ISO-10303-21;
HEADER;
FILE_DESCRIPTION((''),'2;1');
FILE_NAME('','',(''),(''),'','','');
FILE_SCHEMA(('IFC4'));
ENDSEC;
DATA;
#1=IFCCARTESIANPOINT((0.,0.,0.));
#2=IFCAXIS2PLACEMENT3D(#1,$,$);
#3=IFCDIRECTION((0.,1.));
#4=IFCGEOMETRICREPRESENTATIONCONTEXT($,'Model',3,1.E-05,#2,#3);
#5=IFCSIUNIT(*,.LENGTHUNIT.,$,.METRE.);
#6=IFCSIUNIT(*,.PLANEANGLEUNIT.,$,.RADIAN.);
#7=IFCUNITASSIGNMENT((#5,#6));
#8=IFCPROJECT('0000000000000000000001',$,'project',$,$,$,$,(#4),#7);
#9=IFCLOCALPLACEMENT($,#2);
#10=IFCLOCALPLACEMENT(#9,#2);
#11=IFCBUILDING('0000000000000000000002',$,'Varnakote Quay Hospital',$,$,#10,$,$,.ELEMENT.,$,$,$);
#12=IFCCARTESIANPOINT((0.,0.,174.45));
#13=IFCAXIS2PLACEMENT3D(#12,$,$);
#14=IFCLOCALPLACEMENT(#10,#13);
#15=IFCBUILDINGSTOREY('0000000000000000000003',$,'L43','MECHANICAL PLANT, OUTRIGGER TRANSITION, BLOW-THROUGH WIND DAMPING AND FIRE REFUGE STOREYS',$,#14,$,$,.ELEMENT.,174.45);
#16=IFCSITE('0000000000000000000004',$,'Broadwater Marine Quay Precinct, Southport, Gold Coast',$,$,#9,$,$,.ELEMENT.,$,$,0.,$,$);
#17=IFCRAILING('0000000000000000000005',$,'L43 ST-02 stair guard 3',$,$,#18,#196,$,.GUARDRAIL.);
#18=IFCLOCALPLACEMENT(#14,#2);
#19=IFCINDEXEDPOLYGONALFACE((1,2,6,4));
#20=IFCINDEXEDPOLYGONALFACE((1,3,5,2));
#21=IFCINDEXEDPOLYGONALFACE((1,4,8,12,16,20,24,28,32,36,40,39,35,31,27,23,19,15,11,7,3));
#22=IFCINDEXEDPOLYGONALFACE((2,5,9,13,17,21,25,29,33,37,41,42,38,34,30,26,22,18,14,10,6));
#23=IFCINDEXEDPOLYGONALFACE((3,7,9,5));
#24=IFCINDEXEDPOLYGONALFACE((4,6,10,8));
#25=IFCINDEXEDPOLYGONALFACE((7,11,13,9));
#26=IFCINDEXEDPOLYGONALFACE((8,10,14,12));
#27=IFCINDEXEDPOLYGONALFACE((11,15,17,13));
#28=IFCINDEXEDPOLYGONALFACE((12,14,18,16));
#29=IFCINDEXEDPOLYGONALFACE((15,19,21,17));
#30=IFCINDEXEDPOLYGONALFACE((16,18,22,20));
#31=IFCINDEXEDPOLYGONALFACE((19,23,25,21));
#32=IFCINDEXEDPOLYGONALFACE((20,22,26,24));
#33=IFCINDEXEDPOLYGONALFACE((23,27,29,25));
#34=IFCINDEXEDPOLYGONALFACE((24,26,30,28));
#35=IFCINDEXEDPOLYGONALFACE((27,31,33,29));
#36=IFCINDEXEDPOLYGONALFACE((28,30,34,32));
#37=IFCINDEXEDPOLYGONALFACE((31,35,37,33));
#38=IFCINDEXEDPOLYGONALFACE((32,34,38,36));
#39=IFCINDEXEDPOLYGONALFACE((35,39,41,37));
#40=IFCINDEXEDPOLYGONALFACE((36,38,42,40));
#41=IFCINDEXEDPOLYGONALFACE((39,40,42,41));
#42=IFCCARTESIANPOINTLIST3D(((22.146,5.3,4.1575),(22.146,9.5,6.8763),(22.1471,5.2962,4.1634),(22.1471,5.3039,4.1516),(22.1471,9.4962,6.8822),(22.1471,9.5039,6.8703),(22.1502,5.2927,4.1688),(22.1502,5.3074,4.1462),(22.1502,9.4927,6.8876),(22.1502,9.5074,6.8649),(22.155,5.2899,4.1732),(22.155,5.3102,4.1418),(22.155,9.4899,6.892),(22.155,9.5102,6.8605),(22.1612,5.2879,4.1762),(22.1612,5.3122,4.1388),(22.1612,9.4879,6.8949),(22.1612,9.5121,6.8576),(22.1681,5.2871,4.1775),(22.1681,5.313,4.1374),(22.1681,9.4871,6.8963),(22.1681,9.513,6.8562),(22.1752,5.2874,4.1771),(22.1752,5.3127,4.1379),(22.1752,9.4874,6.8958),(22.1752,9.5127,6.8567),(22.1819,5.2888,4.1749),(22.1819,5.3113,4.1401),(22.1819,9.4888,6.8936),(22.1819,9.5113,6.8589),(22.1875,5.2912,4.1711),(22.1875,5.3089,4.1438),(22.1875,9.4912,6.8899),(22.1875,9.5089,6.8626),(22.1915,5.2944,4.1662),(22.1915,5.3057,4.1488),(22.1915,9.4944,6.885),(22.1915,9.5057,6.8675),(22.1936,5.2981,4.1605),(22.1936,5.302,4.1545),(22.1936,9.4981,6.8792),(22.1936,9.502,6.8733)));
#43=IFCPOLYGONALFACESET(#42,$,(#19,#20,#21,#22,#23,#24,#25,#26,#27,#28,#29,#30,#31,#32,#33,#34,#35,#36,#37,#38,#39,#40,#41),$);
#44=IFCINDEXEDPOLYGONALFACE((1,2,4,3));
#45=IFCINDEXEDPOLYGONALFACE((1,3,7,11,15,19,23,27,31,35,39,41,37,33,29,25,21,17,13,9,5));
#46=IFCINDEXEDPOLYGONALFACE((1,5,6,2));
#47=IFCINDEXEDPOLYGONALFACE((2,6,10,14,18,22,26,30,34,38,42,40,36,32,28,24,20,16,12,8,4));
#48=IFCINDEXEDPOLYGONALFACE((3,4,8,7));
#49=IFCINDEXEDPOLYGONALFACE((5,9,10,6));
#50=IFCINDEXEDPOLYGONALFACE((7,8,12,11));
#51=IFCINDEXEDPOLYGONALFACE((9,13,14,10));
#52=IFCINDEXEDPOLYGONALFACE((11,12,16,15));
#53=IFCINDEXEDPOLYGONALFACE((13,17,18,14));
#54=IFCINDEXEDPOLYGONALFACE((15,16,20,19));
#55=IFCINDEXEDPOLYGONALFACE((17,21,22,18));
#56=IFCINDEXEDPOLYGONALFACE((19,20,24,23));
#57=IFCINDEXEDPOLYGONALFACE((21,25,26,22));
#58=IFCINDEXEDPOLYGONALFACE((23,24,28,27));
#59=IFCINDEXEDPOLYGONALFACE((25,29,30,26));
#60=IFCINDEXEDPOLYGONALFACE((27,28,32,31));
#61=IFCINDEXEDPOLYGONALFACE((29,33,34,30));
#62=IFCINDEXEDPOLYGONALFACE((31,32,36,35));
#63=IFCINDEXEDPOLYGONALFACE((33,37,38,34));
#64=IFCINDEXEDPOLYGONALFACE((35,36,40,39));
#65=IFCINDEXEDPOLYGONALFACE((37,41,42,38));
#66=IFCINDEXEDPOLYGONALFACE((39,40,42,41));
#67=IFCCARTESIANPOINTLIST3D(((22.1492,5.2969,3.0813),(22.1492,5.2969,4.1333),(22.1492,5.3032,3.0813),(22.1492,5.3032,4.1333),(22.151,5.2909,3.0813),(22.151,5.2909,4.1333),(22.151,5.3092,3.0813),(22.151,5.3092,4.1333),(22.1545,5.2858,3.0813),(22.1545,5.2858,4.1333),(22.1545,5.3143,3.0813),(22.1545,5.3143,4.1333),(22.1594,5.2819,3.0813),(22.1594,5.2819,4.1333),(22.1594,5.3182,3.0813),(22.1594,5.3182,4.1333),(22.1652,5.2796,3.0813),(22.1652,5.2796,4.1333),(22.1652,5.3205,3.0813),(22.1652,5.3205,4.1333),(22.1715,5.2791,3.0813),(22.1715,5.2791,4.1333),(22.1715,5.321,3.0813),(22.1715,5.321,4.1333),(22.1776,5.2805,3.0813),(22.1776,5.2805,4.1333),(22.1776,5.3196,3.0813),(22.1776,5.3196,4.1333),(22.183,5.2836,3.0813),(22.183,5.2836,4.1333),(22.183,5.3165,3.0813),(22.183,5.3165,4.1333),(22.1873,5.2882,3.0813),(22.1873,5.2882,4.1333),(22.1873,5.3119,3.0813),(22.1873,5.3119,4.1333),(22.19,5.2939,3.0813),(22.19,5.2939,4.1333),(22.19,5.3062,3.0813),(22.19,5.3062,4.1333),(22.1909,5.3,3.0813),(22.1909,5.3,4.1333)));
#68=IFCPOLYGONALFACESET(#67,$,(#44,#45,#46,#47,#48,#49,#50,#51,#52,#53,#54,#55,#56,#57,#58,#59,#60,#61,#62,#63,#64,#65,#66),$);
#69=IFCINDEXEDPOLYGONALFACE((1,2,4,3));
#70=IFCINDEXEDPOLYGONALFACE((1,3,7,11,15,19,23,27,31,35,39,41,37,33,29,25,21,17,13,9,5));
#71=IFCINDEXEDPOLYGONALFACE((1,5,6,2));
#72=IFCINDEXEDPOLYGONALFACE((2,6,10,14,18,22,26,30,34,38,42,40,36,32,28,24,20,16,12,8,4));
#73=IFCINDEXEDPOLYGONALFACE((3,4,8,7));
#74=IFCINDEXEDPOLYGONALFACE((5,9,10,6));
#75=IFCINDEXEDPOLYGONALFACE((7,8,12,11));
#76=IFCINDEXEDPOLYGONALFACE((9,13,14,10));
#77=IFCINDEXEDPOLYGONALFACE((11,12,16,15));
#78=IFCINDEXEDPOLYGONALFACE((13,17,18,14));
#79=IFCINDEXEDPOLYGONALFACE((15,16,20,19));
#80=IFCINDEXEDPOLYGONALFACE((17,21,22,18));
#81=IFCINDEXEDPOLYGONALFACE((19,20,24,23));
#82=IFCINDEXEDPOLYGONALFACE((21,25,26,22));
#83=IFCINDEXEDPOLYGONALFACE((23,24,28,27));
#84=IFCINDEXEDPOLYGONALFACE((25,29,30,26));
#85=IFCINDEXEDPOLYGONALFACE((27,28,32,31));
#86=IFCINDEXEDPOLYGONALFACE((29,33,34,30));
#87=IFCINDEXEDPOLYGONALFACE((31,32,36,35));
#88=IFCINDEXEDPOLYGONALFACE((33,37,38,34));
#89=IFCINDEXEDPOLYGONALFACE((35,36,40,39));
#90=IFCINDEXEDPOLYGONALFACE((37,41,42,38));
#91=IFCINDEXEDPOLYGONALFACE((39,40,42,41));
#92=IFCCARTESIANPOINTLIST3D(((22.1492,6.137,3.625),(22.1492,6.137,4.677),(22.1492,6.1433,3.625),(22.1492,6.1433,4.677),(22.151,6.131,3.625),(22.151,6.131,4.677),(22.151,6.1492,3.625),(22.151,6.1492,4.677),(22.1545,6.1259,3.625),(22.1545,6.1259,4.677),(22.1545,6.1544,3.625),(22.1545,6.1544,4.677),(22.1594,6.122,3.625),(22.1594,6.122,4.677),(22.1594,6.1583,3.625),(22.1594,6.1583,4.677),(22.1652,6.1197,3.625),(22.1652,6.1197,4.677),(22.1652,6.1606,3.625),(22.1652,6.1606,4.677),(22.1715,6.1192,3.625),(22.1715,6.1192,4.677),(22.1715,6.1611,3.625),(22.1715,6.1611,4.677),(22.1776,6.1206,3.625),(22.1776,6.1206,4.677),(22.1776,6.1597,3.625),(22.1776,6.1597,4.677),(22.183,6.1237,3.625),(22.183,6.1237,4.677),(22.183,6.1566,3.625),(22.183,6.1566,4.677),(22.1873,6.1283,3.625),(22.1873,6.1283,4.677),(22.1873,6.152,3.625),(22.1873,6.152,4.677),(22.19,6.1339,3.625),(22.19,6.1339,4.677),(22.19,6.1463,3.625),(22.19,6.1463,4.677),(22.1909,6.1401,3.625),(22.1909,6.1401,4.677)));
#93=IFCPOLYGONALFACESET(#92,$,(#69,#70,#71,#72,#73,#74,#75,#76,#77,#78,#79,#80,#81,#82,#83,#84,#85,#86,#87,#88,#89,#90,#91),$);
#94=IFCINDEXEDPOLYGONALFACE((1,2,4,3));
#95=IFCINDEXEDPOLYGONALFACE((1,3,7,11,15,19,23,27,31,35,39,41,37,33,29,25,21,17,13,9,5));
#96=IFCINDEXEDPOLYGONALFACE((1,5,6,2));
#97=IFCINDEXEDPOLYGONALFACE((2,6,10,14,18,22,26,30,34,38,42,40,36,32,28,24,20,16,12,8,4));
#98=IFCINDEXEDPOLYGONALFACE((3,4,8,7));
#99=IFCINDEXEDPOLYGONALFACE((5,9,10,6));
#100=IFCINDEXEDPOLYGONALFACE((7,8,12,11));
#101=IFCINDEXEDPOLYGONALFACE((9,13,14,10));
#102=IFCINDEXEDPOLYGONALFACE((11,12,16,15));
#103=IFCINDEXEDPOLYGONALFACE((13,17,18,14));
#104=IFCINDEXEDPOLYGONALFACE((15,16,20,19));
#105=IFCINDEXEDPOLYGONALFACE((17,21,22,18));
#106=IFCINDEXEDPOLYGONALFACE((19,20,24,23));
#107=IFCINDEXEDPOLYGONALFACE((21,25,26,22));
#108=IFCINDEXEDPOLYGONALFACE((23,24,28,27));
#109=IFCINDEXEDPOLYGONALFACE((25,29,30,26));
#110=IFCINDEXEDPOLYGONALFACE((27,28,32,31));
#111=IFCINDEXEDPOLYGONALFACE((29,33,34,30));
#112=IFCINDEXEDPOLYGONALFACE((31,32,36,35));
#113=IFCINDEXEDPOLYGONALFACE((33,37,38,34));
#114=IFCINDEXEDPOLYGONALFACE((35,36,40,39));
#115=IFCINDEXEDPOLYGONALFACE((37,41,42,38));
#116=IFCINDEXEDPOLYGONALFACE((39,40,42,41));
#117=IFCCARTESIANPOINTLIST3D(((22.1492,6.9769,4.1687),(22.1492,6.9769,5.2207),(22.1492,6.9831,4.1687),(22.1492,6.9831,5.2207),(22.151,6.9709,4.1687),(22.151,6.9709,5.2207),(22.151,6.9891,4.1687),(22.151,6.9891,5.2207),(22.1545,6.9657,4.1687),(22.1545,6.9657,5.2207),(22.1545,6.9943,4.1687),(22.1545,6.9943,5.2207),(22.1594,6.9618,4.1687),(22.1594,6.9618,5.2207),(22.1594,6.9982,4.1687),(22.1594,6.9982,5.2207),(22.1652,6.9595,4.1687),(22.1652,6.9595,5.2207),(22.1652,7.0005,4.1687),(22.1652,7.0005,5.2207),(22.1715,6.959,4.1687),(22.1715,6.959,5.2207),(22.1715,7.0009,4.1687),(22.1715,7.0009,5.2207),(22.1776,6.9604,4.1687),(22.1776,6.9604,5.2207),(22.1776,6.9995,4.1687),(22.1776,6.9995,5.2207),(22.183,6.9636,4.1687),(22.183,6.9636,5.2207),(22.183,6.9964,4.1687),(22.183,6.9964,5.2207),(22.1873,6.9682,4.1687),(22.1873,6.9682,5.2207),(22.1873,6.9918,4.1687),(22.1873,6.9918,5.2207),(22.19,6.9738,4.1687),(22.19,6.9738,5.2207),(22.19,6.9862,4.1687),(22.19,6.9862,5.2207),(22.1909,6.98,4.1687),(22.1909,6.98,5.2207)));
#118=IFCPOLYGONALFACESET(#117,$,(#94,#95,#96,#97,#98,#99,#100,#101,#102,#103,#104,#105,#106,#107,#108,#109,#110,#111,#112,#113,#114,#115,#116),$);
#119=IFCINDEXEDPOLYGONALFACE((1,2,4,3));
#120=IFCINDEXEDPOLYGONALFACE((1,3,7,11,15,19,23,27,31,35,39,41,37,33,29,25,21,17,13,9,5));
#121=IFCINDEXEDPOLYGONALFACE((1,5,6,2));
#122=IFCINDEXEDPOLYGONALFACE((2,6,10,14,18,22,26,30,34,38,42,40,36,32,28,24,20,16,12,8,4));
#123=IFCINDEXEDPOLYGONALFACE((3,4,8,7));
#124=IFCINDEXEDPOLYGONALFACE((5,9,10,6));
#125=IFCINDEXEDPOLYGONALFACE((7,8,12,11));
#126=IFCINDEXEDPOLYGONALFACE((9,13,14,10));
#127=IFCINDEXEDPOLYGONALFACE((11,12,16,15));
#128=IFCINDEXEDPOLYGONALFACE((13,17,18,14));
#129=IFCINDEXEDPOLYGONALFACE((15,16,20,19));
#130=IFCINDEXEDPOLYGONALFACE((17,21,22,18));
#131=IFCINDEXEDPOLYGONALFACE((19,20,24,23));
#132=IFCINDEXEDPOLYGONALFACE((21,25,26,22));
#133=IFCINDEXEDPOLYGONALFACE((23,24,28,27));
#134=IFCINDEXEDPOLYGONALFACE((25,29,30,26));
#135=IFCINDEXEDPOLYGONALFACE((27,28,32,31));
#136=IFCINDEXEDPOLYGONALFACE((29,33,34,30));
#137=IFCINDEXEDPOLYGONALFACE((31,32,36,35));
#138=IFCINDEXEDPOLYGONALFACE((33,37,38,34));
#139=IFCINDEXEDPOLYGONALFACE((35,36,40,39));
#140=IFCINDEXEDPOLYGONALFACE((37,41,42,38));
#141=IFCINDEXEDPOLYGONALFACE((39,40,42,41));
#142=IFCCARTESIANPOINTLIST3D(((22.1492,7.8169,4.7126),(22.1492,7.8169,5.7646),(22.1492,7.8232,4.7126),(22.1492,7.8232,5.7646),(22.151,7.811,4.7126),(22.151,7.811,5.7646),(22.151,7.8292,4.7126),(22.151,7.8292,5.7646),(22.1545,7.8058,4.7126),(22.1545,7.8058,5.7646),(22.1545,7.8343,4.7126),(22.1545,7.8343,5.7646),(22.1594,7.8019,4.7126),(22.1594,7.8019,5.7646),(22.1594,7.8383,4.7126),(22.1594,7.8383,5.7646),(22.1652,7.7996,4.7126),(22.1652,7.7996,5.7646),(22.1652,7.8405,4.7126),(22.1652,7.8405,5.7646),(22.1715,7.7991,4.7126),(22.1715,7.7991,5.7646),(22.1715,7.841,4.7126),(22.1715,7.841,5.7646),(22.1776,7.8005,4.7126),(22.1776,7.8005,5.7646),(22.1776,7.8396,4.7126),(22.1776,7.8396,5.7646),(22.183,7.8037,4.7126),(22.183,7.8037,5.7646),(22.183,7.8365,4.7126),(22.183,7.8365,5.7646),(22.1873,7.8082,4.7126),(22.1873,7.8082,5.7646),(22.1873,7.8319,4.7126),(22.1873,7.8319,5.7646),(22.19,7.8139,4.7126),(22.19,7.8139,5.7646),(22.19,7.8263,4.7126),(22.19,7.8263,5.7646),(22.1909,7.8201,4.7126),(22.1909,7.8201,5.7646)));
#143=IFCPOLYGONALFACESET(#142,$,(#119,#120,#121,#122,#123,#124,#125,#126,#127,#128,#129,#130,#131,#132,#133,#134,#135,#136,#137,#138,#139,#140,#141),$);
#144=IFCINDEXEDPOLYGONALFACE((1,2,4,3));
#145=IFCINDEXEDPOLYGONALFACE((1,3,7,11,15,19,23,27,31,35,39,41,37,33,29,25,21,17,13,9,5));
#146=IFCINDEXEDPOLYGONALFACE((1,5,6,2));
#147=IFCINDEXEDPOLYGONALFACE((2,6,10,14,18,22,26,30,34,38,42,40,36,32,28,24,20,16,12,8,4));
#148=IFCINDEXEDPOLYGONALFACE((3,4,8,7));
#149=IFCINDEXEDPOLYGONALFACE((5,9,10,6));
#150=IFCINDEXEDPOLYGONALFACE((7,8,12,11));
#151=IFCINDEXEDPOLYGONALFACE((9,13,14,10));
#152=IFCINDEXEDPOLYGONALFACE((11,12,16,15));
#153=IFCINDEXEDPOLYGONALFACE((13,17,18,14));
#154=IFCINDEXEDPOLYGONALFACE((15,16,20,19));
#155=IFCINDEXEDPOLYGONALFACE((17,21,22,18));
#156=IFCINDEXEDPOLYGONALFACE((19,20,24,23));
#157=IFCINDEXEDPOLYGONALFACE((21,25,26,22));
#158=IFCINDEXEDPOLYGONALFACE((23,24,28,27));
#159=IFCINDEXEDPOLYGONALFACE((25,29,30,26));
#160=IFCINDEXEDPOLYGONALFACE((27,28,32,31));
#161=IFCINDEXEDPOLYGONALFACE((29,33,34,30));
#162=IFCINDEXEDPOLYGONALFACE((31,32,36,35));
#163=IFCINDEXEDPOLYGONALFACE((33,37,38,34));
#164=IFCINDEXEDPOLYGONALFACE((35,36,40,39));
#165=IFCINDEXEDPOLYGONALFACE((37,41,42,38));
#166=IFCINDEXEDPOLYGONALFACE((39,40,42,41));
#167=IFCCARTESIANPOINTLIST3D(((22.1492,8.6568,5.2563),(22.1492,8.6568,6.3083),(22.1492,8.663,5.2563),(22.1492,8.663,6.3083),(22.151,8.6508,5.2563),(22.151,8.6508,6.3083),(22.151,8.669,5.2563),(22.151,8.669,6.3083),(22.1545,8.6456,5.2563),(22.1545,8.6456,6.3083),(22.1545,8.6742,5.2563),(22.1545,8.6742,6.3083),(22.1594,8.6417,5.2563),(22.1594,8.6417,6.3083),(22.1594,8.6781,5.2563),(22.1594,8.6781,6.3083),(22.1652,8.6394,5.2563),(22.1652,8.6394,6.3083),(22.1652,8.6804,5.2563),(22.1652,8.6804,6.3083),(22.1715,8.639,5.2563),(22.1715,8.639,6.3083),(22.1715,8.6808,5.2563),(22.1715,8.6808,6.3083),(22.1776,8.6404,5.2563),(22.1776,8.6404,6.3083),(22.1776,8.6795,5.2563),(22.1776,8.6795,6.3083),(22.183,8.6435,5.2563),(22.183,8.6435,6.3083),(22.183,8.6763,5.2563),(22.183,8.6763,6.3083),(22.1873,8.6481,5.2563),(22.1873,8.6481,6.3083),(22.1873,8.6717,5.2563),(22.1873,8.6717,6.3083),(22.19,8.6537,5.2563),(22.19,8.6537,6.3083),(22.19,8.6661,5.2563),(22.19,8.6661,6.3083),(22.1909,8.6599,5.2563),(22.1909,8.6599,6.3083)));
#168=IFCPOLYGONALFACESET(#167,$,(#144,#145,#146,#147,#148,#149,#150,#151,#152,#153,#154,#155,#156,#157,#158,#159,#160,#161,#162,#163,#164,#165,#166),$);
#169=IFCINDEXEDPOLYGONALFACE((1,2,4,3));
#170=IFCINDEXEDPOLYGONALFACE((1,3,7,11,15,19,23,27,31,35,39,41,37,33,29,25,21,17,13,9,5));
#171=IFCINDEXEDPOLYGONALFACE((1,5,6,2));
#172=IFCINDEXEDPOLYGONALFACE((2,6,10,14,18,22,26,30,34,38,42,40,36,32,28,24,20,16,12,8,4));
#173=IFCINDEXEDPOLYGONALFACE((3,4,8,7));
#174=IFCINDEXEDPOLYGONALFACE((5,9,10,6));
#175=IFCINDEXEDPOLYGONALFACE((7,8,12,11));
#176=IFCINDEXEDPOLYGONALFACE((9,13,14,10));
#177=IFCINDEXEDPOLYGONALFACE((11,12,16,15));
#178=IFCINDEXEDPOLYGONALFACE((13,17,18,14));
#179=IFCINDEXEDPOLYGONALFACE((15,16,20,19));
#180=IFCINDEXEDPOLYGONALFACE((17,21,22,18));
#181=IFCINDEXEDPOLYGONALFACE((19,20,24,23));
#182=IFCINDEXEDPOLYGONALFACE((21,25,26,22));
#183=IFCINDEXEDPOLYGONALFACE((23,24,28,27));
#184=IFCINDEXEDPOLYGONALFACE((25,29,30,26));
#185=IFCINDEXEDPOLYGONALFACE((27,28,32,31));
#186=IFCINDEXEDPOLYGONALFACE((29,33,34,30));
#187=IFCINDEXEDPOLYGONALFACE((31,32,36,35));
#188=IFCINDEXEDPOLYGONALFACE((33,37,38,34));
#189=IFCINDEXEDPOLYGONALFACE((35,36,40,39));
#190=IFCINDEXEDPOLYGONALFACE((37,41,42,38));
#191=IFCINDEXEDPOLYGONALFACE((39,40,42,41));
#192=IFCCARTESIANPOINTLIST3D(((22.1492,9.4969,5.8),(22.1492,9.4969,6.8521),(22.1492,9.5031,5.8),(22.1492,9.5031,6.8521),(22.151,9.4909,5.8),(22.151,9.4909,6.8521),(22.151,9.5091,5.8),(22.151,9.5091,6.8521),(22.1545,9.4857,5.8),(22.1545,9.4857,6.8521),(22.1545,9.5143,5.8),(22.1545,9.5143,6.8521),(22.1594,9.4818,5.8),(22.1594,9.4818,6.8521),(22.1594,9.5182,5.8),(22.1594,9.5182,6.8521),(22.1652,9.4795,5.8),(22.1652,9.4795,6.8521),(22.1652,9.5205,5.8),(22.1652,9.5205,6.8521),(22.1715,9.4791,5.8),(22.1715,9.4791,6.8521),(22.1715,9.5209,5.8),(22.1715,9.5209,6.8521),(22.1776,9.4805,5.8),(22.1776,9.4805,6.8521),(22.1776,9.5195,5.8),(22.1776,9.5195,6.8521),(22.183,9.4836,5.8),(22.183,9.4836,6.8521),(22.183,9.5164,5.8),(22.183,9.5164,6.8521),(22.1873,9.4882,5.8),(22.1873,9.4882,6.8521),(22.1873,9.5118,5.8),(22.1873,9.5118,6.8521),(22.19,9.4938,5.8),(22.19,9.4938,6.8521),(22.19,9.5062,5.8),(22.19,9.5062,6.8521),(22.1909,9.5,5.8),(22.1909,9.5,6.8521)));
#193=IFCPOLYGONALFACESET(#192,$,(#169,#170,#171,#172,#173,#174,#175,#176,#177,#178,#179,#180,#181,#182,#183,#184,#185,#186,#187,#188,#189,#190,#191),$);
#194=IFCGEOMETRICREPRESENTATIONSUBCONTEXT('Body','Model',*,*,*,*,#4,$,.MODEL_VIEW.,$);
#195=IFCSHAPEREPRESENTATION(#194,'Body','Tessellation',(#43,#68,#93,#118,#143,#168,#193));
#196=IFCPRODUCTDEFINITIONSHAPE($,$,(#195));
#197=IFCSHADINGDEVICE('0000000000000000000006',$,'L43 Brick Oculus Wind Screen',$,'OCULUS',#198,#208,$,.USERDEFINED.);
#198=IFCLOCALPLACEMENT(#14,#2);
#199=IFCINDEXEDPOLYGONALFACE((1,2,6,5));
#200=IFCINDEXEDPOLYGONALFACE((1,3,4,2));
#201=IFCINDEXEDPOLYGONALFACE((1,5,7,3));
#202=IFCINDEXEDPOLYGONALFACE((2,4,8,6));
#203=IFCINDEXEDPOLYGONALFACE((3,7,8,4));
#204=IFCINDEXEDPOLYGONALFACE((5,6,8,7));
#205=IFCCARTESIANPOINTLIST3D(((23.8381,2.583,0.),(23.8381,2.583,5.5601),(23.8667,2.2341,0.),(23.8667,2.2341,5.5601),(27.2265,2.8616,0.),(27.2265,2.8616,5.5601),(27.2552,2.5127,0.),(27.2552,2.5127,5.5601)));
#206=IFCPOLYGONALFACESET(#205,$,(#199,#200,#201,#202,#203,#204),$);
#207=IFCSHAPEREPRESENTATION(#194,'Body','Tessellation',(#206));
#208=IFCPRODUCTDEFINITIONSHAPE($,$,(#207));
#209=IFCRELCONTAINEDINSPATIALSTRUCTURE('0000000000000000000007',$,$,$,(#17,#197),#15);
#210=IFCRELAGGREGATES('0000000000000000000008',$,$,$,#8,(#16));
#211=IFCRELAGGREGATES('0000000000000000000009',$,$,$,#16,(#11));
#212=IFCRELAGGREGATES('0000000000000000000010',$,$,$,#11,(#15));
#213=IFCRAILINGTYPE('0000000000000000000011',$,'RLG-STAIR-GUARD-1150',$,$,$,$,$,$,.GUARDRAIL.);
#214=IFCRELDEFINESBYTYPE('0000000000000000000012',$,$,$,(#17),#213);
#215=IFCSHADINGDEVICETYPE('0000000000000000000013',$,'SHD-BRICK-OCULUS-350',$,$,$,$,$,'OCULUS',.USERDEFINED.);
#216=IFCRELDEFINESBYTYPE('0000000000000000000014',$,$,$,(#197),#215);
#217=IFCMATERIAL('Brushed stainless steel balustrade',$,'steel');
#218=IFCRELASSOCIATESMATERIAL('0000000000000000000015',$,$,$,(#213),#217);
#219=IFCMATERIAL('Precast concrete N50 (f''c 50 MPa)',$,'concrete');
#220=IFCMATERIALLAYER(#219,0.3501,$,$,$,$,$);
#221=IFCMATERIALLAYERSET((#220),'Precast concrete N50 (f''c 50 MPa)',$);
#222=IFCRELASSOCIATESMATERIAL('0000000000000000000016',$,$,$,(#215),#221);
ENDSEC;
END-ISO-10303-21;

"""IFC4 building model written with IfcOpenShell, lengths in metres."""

from ifc_helpers import new_model, si_unit, direction, frame, origin, origin_2d, place, context, subcontext, project, spatial, rectangle, circle, extrude, material, layer, layer_set, type_object, element, save


model = new_model("IFC4")

# Units and contexts
model_context = context("Model", 3, precision=1e-05, world=origin(), true_north=direction((0.0, 1.0)))
body_context = subcontext(model_context, "Body", "Model", "MODEL_VIEW")
ifc_project = project(units=[si_unit("LENGTHUNIT", "METRE"), si_unit("PLANEANGLEUNIT", "RADIAN")], contexts=[model_context])

# Site, building, storey
site_placement = place(None, origin())
site = spatial("IfcSite", under=ifc_project, at=site_placement, Name="Broadwater Marine Quay Precinct, Southport, Gold Coast", CompositionType="ELEMENT", RefElevation=0.0)
building_placement = place(site_placement, origin())
building = spatial("IfcBuilding", under=site, at=building_placement, Name="Varnakote Quay Hospital", CompositionType="ELEMENT")
storey_placement = place(building_placement, frame((0.0, 0.0, 174.45)))
storey = spatial("IfcBuildingStorey", under=building, at=storey_placement, Name="L43", Description="MECHANICAL PLANT, OUTRIGGER TRANSITION, BLOW-THROUGH WIND DAMPING AND FIRE REFUGE STOREYS", CompositionType="ELEMENT", Elevation=174.45)

# Railing
ifc_material_1 = material(Name="Brushed stainless steel balustrade", Category="steel")
railing_type_1 = type_object("IfcRailingType", Name="RLG-STAIR-GUARD-1150", PredefinedType="GUARDRAIL", material=ifc_material_1)
railing_1_placement = place(storey_placement, frame((22.1699, 5.3, 3.0813)))
element("IfcRailing", 1, at=railing_1_placement, inside=storey, type_object=railing_type_1, Name="L43 ST-02 stair guard 3", PredefinedType="GUARDRAIL", context=body_context, shape_type="SweptSolid", body=[
    extrude(circle(Radius=0.0239, at=origin_2d()), frame((0.0, 0.0, 1.0762), z_axis=(0.0, 0.839467, 0.543411), x_axis=(-1.0, 0.0, 0.0)), (0.0, 0.0, 1.0), 5.0032),
    extrude(circle(Radius=0.021, at=origin_2d()), origin(), (0.0, 0.0, 1.0), 1.052),
    extrude(circle(Radius=0.021, at=origin_2d()), frame((0.0, 0.8401, 0.5437)), (0.0, 0.0, 1.0), 1.052),
    extrude(circle(Radius=0.021, at=origin_2d()), frame((0.0, 1.6799, 1.0874)), (0.0, 0.0, 1.0), 1.052),
    extrude(circle(Radius=0.021, at=origin_2d()), frame((0.0, 2.52, 1.6313)), (0.0, 0.0, 1.0), 1.052),
    extrude(circle(Radius=0.021, at=origin_2d()), frame((0.0, 3.3599, 2.175)), (0.0, 0.0, 1.0), 1.052),
    extrude(circle(Radius=0.021, at=origin_2d()), frame((0.0, 4.2, 2.7188)), (0.0, 0.0, 1.0), 1.052),
])

# Shading device
ifc_material_2 = material(Name="Precast concrete N50 (f'c 50 MPa)", Category="concrete")
ifc_layer_1 = layer(ifc_material_2, 0.3501)
ifc_layer_set_1 = layer_set([ifc_layer_1], Name="Precast concrete N50 (f'c 50 MPa)")
shading_device_type = type_object("IfcShadingDeviceType", Name="SHD-BRICK-OCULUS-350", ElementType="OCULUS", PredefinedType="USERDEFINED", material=ifc_layer_set_1)
shading_device_placement = place(storey_placement, frame((25.5466, 2.5479, 0.0), z_axis=(0.0, 0.0, 1.0), x_axis=(0.996637, 0.081939, 0.0)))
element("IfcShadingDevice", 2, at=shading_device_placement, inside=storey, type_object=shading_device_type, Name="L43 Brick Oculus Wind Screen", ObjectType="OCULUS", PredefinedType="USERDEFINED", context=body_context, shape_type="SweptSolid", body=[
    extrude(rectangle(XDim=3.3999, YDim=0.3501, at=origin_2d()), origin(), (0.0, 0.0, 1.0), 5.5601),
])

save(model, "model.ifc")
